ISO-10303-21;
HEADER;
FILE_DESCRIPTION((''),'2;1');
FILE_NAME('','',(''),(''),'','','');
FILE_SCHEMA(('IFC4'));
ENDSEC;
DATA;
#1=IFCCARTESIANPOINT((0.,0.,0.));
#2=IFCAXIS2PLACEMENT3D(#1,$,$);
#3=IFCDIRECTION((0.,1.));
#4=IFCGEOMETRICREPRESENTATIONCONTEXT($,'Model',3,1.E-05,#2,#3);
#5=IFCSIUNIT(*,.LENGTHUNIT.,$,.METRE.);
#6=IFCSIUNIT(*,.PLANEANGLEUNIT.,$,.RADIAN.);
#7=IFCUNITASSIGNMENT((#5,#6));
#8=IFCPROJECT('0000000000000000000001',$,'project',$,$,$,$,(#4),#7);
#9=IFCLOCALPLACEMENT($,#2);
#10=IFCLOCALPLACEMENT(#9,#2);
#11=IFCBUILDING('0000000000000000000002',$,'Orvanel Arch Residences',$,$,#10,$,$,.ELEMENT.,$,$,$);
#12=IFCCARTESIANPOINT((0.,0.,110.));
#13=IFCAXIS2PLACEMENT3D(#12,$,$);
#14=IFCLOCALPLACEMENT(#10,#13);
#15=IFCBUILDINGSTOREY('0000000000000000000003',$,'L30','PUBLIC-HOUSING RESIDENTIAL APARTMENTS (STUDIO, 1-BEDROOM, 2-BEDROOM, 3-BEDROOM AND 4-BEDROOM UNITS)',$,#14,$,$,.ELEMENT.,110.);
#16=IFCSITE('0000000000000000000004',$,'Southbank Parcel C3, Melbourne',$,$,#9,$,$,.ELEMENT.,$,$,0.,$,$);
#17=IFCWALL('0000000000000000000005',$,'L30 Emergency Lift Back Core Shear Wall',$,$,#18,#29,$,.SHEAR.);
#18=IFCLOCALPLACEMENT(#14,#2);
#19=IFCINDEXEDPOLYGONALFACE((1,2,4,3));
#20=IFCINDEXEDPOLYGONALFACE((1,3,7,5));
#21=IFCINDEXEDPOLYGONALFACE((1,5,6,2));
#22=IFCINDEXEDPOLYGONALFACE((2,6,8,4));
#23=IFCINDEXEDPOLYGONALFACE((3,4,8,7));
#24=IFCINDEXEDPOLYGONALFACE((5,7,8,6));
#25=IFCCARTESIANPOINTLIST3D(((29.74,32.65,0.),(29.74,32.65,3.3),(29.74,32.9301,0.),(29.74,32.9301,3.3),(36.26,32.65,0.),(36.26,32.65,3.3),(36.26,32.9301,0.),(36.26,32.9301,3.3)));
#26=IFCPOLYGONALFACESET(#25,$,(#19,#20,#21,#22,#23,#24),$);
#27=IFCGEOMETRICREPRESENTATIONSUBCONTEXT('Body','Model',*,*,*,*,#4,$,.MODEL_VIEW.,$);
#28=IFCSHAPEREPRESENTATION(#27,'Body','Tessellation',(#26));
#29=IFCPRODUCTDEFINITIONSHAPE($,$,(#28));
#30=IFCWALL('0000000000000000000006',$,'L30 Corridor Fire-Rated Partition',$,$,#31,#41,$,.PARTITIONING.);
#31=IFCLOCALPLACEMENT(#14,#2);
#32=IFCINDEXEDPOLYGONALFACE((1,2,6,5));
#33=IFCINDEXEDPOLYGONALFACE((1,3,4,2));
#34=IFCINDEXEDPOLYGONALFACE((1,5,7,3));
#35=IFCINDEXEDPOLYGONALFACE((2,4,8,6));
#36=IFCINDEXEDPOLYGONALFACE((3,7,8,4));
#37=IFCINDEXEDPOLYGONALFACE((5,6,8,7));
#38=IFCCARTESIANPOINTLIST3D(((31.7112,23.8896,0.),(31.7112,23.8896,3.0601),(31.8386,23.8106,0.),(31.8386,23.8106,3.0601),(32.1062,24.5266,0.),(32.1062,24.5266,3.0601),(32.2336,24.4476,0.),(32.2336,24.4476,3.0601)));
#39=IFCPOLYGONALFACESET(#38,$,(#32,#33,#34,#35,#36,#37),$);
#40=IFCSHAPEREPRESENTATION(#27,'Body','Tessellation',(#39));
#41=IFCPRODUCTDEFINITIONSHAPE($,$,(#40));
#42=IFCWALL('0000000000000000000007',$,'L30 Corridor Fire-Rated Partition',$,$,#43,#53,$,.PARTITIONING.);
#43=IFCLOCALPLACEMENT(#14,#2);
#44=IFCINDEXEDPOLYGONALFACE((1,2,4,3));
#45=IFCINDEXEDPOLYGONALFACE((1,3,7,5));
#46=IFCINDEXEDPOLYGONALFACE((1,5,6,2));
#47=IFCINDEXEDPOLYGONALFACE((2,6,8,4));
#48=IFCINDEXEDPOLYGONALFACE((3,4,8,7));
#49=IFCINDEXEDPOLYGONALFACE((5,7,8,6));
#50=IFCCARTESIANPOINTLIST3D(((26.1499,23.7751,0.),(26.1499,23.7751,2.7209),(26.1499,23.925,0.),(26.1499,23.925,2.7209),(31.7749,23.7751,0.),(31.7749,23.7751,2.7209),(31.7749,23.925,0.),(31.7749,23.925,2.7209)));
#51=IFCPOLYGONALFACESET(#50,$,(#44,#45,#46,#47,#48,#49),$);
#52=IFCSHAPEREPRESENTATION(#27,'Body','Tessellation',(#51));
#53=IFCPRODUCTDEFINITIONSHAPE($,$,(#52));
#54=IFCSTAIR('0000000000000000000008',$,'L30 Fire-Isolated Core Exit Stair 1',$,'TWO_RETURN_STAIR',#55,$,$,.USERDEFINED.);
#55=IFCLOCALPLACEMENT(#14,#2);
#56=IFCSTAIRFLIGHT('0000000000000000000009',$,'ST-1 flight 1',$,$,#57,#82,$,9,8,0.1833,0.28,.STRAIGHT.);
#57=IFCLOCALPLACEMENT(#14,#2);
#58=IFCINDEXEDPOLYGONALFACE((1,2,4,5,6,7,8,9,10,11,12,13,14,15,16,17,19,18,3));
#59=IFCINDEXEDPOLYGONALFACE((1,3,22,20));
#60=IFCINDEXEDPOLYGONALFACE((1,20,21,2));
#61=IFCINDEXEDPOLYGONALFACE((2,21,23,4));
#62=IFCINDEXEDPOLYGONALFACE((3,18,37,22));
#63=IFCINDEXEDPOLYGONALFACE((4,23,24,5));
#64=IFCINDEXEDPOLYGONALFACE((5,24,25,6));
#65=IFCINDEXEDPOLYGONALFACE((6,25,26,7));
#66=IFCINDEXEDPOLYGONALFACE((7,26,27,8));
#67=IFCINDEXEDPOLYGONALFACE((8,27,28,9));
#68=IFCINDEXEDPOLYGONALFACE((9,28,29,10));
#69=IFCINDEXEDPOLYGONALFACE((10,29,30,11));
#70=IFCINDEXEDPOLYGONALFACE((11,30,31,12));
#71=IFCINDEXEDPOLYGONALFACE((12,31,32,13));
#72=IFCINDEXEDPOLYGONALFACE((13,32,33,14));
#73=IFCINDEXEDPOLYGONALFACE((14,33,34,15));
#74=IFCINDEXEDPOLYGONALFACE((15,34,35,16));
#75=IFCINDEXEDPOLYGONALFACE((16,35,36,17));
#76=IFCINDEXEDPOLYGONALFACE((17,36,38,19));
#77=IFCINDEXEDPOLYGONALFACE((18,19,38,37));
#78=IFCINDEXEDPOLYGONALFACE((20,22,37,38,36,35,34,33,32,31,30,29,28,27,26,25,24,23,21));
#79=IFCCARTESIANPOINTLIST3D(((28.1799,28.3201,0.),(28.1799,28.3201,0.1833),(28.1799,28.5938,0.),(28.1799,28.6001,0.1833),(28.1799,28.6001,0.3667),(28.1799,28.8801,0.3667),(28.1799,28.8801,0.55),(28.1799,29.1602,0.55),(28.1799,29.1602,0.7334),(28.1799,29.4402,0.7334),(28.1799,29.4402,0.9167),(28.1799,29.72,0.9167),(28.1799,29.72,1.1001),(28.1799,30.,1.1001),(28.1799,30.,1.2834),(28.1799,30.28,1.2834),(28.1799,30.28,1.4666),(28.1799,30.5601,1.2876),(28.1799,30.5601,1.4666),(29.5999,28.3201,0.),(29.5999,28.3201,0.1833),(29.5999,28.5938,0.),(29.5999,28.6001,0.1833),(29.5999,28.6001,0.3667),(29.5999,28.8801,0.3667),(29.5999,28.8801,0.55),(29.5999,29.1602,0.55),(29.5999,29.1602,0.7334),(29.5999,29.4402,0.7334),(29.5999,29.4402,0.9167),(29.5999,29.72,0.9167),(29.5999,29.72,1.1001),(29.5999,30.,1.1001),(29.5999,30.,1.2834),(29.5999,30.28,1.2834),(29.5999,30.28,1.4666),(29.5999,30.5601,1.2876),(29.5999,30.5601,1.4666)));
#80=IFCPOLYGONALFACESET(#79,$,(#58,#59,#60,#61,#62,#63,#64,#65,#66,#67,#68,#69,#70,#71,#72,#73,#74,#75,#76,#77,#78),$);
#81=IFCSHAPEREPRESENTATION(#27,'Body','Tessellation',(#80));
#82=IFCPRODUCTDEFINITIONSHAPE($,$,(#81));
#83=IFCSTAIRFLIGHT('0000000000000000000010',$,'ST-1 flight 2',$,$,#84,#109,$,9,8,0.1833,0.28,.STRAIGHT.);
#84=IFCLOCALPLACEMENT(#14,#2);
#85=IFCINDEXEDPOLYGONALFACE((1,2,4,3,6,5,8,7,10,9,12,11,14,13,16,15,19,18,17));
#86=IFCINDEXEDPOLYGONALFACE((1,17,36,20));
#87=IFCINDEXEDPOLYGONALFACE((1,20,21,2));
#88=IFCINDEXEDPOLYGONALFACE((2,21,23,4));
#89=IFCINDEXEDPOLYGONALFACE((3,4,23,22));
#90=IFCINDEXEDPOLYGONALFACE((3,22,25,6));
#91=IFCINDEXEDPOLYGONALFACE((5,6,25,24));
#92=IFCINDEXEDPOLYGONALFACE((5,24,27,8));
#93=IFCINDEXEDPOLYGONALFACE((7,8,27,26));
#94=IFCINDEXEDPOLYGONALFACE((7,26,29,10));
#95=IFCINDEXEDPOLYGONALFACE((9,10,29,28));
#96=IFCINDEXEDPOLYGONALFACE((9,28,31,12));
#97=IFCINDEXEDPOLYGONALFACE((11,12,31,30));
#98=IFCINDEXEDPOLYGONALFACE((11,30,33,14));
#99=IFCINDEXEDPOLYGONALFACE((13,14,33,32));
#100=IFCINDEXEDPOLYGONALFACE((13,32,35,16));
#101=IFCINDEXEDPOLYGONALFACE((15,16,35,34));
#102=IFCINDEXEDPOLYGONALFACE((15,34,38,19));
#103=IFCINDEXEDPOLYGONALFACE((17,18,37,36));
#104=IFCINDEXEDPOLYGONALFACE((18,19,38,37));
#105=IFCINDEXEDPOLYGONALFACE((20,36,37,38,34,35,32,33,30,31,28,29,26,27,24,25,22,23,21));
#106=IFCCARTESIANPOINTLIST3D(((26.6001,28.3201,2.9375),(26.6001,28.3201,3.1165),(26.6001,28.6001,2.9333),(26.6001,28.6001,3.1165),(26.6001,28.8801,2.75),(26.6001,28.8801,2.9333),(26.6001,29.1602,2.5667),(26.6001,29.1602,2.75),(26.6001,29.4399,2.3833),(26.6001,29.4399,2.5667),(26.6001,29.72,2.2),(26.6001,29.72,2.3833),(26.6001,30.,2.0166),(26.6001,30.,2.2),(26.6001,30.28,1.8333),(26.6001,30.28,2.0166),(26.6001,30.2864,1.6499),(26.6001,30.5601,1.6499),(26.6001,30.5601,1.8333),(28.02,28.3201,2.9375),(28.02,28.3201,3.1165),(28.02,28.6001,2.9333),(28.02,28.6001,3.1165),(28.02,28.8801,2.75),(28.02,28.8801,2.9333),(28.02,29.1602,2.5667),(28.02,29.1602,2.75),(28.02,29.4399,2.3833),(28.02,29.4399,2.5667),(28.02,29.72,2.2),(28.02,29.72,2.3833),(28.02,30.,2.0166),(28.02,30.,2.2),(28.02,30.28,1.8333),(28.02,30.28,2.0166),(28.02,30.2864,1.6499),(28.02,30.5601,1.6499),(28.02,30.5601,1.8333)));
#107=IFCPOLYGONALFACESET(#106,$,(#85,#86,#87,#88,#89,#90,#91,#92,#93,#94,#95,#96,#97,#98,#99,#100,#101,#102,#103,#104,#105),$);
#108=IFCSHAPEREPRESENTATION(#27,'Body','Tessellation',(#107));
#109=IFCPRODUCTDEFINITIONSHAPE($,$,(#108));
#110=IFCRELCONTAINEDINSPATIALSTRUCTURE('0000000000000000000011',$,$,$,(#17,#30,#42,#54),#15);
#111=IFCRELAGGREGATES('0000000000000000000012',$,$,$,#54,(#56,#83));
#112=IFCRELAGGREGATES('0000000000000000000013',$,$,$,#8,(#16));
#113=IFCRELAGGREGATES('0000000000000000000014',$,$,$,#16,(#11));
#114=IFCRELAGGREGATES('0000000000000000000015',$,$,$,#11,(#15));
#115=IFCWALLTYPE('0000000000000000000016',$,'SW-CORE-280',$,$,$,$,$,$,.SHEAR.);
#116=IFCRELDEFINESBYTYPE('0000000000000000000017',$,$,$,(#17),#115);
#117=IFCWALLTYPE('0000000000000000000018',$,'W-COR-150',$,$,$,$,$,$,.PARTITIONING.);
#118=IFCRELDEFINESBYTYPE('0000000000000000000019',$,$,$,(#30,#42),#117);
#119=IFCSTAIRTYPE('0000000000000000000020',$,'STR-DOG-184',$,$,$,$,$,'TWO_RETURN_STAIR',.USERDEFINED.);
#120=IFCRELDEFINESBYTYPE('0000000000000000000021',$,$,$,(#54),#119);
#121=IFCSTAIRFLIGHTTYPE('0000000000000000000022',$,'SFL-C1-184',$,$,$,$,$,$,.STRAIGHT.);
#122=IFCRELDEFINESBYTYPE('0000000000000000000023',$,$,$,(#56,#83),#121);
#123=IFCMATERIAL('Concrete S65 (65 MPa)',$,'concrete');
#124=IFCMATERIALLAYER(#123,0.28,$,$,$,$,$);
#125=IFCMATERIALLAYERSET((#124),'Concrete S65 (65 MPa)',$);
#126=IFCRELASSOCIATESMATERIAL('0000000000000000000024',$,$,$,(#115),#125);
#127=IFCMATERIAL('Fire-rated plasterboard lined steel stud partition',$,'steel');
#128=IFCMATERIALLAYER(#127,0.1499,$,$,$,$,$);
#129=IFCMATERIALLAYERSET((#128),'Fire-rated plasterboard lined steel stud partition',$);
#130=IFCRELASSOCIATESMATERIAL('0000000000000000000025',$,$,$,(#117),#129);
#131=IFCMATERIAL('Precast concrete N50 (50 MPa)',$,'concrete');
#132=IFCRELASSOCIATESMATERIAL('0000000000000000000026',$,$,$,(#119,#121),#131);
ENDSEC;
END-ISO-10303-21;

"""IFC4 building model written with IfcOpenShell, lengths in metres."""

from ifc_helpers import new_model, si_unit, direction, frame, frame_2d, origin, place, context, subcontext, project, spatial, polyline, rectangle, outline, extrude, material, layer, layer_set, type_object, element, aggregate, save


model = new_model("IFC4")

# Units and contexts
model_context = context("Model", 3, precision=1e-05, world=origin(), true_north=direction((0.0, 1.0)))
body_context = subcontext(model_context, "Body", "Model", "MODEL_VIEW")
ifc_project = project(units=[si_unit("LENGTHUNIT", "METRE"), si_unit("PLANEANGLEUNIT", "RADIAN")], contexts=[model_context])

# Site, building, storey
site_placement = place(None, origin())
site = spatial("IfcSite", under=ifc_project, at=site_placement, Name="Southbank Parcel C3, Melbourne", CompositionType="ELEMENT", RefElevation=0.0)
building_placement = place(site_placement, origin())
building = spatial("IfcBuilding", under=site, at=building_placement, Name="Orvanel Arch Residences", CompositionType="ELEMENT")
storey_placement = place(building_placement, frame((0.0, 0.0, 110.0)))
storey = spatial("IfcBuildingStorey", under=building, at=storey_placement, Name="L30", Description="PUBLIC-HOUSING RESIDENTIAL APARTMENTS (STUDIO, 1-BEDROOM, 2-BEDROOM, 3-BEDROOM AND 4-BEDROOM UNITS)", CompositionType="ELEMENT", Elevation=110.0)

# Shared definitions
ifc_material_1 = material(Name="Concrete S65 (65 MPa)", Category="concrete")
ifc_layer_1 = layer(ifc_material_1, 0.28)
ifc_layer_set_1 = layer_set([ifc_layer_1], Name="Concrete S65 (65 MPa)")
wall_type_1 = type_object("IfcWallType", Name="SW-CORE-280", PredefinedType="SHEAR", material=ifc_layer_set_1)

# Walls
wall_1_placement = place(storey_placement, frame((29.74, 32.79, 0.0), z_axis=(0.0, 0.0, 1.0), x_axis=(1.0, 0.0, 0.0)))
element("IfcWall", 1, at=wall_1_placement, inside=storey, type_object=wall_type_1, Name="L30 Emergency Lift Back Core Shear Wall", PredefinedType="SHEAR", context=body_context, shape_type="SweptSolid", body=[
    extrude(rectangle(XDim=6.52, YDim=0.28, at=frame_2d((3.26, 0.0))), origin(), (0.0, 0.0, 1.0), 3.3),
])
ifc_material_2 = material(Name="Fire-rated plasterboard lined steel stud partition", Category="steel")
ifc_layer_2 = layer(ifc_material_2, 0.1499)
ifc_layer_set_2 = layer_set([ifc_layer_2], Name="Fire-rated plasterboard lined steel stud partition")
wall_type_2 = type_object("IfcWallType", Name="W-COR-150", PredefinedType="PARTITIONING", material=ifc_layer_set_2)
wall_2_placement = place(storey_placement, frame((32.1699, 24.4871, 0.0), z_axis=(0.0, 0.0, 1.0), x_axis=(-0.527038, -0.849841, 0.0)))
element("IfcWall", 2, at=wall_2_placement, inside=storey, type_object=wall_type_2, Name="L30 Corridor Fire-Rated Partition", PredefinedType="PARTITIONING", context=body_context, shape_type="SweptSolid", body=[
    extrude(rectangle(XDim=0.7495, YDim=0.1499, at=frame_2d((0.3748, 0.0))), origin(), (0.0, 0.0, 1.0), 3.0601),
])
wall_3_placement = place(storey_placement, frame((31.7749, 23.8501, 0.0), z_axis=(0.0, 0.0, 1.0), x_axis=(-1.0, 0.0, 0.0)))
element("IfcWall", 3, at=wall_3_placement, inside=storey, type_object=wall_type_2, Name="L30 Corridor Fire-Rated Partition", PredefinedType="PARTITIONING", context=body_context, shape_type="SweptSolid", body=[
    extrude(rectangle(XDim=5.625, YDim=0.1499, at=frame_2d((2.8125, 0.0))), origin(), (0.0, 0.0, 1.0), 2.7209),
])

# Stair, stair flights
ifc_material_3 = material(Name="Precast concrete N50 (50 MPa)", Category="concrete")
stair_type = type_object("IfcStairType", Name="STR-DOG-184", ElementType="TWO_RETURN_STAIR", PredefinedType="USERDEFINED", material=ifc_material_3)
stair_placement = place(storey_placement, origin())
stair = element("IfcStair", 4, at=stair_placement, inside=storey, type_object=stair_type, Name="L30 Fire-Isolated Core Exit Stair 1", ObjectType="TWO_RETURN_STAIR", PredefinedType="USERDEFINED")
stair_flight_type = type_object("IfcStairFlightType", Name="SFL-C1-184", PredefinedType="STRAIGHT", material=ifc_material_3)
stair_flight_1_placement = place(storey_placement, frame((28.8899, 28.3201, 0.0), z_axis=(0.0, 0.0, 1.0), x_axis=(0.0, 1.0, 0.0)))
stair_flight_1 = element("IfcStairFlight", 5, at=stair_flight_1_placement, type_object=stair_flight_type, Name="ST-1 flight 1", NumberOfRisers=9, NumberOfTreads=8, PredefinedType="STRAIGHT", RiserHeight=0.1833, TreadLength=0.28, context=body_context, shape_type="SweptSolid", body=[
    extrude(outline(polyline([(0.0, 0.0), (0.0, 0.1833), (0.28, 0.1833), (0.28, 0.3667), (0.5601, 0.3667), (0.5601, 0.55), (0.8401, 0.55), (0.8401, 0.7334), (1.1201, 0.7334), (1.1201, 0.9167), (1.3999, 0.9167), (1.3999, 1.1001), (1.6799, 1.1001), (1.6799, 1.2834), (1.96, 1.2834), (1.96, 1.4666), (2.24, 1.4666), (2.24, 1.6499), (2.24, 1.2876), (0.2737, 0.0), (0.0, 0.0)])), frame((0.0, 0.71, 0.0), z_axis=(0.0, -1.0, 0.0), x_axis=(1.0, 0.0, 0.0)), (0.0, 0.0, 1.0), 1.4199),
])
stair_flight_2_placement = place(storey_placement, frame((27.3101, 30.5601, 1.6499), z_axis=(0.0, 0.0, 1.0), x_axis=(0.0, -1.0, 0.0)))
stair_flight_2 = element("IfcStairFlight", 6, at=stair_flight_2_placement, type_object=stair_flight_type, Name="ST-1 flight 2", NumberOfRisers=9, NumberOfTreads=8, PredefinedType="STRAIGHT", RiserHeight=0.1833, TreadLength=0.28, context=body_context, shape_type="SweptSolid", body=[
    extrude(outline(polyline([(0.0, 0.0), (0.0, 0.1833), (0.28, 0.1833), (0.28, 0.3667), (0.5601, 0.3667), (0.5601, 0.55), (0.8401, 0.55), (0.8401, 0.7334), (1.1201, 0.7334), (1.1201, 0.9167), (1.3999, 0.9167), (1.3999, 1.1001), (1.6799, 1.1001), (1.6799, 1.2834), (1.96, 1.2834), (1.96, 1.4666), (2.24, 1.4666), (2.24, 1.6499), (2.24, 1.2876), (0.2737, 0.0), (0.0, 0.0)])), frame((0.0, 0.71, 0.0), z_axis=(0.0, -1.0, 0.0), x_axis=(1.0, 0.0, 0.0)), (0.0, 0.0, 1.0), 1.4199),
])
aggregate(stair, [stair_flight_1, stair_flight_2])

save(model, "model.ifc")
